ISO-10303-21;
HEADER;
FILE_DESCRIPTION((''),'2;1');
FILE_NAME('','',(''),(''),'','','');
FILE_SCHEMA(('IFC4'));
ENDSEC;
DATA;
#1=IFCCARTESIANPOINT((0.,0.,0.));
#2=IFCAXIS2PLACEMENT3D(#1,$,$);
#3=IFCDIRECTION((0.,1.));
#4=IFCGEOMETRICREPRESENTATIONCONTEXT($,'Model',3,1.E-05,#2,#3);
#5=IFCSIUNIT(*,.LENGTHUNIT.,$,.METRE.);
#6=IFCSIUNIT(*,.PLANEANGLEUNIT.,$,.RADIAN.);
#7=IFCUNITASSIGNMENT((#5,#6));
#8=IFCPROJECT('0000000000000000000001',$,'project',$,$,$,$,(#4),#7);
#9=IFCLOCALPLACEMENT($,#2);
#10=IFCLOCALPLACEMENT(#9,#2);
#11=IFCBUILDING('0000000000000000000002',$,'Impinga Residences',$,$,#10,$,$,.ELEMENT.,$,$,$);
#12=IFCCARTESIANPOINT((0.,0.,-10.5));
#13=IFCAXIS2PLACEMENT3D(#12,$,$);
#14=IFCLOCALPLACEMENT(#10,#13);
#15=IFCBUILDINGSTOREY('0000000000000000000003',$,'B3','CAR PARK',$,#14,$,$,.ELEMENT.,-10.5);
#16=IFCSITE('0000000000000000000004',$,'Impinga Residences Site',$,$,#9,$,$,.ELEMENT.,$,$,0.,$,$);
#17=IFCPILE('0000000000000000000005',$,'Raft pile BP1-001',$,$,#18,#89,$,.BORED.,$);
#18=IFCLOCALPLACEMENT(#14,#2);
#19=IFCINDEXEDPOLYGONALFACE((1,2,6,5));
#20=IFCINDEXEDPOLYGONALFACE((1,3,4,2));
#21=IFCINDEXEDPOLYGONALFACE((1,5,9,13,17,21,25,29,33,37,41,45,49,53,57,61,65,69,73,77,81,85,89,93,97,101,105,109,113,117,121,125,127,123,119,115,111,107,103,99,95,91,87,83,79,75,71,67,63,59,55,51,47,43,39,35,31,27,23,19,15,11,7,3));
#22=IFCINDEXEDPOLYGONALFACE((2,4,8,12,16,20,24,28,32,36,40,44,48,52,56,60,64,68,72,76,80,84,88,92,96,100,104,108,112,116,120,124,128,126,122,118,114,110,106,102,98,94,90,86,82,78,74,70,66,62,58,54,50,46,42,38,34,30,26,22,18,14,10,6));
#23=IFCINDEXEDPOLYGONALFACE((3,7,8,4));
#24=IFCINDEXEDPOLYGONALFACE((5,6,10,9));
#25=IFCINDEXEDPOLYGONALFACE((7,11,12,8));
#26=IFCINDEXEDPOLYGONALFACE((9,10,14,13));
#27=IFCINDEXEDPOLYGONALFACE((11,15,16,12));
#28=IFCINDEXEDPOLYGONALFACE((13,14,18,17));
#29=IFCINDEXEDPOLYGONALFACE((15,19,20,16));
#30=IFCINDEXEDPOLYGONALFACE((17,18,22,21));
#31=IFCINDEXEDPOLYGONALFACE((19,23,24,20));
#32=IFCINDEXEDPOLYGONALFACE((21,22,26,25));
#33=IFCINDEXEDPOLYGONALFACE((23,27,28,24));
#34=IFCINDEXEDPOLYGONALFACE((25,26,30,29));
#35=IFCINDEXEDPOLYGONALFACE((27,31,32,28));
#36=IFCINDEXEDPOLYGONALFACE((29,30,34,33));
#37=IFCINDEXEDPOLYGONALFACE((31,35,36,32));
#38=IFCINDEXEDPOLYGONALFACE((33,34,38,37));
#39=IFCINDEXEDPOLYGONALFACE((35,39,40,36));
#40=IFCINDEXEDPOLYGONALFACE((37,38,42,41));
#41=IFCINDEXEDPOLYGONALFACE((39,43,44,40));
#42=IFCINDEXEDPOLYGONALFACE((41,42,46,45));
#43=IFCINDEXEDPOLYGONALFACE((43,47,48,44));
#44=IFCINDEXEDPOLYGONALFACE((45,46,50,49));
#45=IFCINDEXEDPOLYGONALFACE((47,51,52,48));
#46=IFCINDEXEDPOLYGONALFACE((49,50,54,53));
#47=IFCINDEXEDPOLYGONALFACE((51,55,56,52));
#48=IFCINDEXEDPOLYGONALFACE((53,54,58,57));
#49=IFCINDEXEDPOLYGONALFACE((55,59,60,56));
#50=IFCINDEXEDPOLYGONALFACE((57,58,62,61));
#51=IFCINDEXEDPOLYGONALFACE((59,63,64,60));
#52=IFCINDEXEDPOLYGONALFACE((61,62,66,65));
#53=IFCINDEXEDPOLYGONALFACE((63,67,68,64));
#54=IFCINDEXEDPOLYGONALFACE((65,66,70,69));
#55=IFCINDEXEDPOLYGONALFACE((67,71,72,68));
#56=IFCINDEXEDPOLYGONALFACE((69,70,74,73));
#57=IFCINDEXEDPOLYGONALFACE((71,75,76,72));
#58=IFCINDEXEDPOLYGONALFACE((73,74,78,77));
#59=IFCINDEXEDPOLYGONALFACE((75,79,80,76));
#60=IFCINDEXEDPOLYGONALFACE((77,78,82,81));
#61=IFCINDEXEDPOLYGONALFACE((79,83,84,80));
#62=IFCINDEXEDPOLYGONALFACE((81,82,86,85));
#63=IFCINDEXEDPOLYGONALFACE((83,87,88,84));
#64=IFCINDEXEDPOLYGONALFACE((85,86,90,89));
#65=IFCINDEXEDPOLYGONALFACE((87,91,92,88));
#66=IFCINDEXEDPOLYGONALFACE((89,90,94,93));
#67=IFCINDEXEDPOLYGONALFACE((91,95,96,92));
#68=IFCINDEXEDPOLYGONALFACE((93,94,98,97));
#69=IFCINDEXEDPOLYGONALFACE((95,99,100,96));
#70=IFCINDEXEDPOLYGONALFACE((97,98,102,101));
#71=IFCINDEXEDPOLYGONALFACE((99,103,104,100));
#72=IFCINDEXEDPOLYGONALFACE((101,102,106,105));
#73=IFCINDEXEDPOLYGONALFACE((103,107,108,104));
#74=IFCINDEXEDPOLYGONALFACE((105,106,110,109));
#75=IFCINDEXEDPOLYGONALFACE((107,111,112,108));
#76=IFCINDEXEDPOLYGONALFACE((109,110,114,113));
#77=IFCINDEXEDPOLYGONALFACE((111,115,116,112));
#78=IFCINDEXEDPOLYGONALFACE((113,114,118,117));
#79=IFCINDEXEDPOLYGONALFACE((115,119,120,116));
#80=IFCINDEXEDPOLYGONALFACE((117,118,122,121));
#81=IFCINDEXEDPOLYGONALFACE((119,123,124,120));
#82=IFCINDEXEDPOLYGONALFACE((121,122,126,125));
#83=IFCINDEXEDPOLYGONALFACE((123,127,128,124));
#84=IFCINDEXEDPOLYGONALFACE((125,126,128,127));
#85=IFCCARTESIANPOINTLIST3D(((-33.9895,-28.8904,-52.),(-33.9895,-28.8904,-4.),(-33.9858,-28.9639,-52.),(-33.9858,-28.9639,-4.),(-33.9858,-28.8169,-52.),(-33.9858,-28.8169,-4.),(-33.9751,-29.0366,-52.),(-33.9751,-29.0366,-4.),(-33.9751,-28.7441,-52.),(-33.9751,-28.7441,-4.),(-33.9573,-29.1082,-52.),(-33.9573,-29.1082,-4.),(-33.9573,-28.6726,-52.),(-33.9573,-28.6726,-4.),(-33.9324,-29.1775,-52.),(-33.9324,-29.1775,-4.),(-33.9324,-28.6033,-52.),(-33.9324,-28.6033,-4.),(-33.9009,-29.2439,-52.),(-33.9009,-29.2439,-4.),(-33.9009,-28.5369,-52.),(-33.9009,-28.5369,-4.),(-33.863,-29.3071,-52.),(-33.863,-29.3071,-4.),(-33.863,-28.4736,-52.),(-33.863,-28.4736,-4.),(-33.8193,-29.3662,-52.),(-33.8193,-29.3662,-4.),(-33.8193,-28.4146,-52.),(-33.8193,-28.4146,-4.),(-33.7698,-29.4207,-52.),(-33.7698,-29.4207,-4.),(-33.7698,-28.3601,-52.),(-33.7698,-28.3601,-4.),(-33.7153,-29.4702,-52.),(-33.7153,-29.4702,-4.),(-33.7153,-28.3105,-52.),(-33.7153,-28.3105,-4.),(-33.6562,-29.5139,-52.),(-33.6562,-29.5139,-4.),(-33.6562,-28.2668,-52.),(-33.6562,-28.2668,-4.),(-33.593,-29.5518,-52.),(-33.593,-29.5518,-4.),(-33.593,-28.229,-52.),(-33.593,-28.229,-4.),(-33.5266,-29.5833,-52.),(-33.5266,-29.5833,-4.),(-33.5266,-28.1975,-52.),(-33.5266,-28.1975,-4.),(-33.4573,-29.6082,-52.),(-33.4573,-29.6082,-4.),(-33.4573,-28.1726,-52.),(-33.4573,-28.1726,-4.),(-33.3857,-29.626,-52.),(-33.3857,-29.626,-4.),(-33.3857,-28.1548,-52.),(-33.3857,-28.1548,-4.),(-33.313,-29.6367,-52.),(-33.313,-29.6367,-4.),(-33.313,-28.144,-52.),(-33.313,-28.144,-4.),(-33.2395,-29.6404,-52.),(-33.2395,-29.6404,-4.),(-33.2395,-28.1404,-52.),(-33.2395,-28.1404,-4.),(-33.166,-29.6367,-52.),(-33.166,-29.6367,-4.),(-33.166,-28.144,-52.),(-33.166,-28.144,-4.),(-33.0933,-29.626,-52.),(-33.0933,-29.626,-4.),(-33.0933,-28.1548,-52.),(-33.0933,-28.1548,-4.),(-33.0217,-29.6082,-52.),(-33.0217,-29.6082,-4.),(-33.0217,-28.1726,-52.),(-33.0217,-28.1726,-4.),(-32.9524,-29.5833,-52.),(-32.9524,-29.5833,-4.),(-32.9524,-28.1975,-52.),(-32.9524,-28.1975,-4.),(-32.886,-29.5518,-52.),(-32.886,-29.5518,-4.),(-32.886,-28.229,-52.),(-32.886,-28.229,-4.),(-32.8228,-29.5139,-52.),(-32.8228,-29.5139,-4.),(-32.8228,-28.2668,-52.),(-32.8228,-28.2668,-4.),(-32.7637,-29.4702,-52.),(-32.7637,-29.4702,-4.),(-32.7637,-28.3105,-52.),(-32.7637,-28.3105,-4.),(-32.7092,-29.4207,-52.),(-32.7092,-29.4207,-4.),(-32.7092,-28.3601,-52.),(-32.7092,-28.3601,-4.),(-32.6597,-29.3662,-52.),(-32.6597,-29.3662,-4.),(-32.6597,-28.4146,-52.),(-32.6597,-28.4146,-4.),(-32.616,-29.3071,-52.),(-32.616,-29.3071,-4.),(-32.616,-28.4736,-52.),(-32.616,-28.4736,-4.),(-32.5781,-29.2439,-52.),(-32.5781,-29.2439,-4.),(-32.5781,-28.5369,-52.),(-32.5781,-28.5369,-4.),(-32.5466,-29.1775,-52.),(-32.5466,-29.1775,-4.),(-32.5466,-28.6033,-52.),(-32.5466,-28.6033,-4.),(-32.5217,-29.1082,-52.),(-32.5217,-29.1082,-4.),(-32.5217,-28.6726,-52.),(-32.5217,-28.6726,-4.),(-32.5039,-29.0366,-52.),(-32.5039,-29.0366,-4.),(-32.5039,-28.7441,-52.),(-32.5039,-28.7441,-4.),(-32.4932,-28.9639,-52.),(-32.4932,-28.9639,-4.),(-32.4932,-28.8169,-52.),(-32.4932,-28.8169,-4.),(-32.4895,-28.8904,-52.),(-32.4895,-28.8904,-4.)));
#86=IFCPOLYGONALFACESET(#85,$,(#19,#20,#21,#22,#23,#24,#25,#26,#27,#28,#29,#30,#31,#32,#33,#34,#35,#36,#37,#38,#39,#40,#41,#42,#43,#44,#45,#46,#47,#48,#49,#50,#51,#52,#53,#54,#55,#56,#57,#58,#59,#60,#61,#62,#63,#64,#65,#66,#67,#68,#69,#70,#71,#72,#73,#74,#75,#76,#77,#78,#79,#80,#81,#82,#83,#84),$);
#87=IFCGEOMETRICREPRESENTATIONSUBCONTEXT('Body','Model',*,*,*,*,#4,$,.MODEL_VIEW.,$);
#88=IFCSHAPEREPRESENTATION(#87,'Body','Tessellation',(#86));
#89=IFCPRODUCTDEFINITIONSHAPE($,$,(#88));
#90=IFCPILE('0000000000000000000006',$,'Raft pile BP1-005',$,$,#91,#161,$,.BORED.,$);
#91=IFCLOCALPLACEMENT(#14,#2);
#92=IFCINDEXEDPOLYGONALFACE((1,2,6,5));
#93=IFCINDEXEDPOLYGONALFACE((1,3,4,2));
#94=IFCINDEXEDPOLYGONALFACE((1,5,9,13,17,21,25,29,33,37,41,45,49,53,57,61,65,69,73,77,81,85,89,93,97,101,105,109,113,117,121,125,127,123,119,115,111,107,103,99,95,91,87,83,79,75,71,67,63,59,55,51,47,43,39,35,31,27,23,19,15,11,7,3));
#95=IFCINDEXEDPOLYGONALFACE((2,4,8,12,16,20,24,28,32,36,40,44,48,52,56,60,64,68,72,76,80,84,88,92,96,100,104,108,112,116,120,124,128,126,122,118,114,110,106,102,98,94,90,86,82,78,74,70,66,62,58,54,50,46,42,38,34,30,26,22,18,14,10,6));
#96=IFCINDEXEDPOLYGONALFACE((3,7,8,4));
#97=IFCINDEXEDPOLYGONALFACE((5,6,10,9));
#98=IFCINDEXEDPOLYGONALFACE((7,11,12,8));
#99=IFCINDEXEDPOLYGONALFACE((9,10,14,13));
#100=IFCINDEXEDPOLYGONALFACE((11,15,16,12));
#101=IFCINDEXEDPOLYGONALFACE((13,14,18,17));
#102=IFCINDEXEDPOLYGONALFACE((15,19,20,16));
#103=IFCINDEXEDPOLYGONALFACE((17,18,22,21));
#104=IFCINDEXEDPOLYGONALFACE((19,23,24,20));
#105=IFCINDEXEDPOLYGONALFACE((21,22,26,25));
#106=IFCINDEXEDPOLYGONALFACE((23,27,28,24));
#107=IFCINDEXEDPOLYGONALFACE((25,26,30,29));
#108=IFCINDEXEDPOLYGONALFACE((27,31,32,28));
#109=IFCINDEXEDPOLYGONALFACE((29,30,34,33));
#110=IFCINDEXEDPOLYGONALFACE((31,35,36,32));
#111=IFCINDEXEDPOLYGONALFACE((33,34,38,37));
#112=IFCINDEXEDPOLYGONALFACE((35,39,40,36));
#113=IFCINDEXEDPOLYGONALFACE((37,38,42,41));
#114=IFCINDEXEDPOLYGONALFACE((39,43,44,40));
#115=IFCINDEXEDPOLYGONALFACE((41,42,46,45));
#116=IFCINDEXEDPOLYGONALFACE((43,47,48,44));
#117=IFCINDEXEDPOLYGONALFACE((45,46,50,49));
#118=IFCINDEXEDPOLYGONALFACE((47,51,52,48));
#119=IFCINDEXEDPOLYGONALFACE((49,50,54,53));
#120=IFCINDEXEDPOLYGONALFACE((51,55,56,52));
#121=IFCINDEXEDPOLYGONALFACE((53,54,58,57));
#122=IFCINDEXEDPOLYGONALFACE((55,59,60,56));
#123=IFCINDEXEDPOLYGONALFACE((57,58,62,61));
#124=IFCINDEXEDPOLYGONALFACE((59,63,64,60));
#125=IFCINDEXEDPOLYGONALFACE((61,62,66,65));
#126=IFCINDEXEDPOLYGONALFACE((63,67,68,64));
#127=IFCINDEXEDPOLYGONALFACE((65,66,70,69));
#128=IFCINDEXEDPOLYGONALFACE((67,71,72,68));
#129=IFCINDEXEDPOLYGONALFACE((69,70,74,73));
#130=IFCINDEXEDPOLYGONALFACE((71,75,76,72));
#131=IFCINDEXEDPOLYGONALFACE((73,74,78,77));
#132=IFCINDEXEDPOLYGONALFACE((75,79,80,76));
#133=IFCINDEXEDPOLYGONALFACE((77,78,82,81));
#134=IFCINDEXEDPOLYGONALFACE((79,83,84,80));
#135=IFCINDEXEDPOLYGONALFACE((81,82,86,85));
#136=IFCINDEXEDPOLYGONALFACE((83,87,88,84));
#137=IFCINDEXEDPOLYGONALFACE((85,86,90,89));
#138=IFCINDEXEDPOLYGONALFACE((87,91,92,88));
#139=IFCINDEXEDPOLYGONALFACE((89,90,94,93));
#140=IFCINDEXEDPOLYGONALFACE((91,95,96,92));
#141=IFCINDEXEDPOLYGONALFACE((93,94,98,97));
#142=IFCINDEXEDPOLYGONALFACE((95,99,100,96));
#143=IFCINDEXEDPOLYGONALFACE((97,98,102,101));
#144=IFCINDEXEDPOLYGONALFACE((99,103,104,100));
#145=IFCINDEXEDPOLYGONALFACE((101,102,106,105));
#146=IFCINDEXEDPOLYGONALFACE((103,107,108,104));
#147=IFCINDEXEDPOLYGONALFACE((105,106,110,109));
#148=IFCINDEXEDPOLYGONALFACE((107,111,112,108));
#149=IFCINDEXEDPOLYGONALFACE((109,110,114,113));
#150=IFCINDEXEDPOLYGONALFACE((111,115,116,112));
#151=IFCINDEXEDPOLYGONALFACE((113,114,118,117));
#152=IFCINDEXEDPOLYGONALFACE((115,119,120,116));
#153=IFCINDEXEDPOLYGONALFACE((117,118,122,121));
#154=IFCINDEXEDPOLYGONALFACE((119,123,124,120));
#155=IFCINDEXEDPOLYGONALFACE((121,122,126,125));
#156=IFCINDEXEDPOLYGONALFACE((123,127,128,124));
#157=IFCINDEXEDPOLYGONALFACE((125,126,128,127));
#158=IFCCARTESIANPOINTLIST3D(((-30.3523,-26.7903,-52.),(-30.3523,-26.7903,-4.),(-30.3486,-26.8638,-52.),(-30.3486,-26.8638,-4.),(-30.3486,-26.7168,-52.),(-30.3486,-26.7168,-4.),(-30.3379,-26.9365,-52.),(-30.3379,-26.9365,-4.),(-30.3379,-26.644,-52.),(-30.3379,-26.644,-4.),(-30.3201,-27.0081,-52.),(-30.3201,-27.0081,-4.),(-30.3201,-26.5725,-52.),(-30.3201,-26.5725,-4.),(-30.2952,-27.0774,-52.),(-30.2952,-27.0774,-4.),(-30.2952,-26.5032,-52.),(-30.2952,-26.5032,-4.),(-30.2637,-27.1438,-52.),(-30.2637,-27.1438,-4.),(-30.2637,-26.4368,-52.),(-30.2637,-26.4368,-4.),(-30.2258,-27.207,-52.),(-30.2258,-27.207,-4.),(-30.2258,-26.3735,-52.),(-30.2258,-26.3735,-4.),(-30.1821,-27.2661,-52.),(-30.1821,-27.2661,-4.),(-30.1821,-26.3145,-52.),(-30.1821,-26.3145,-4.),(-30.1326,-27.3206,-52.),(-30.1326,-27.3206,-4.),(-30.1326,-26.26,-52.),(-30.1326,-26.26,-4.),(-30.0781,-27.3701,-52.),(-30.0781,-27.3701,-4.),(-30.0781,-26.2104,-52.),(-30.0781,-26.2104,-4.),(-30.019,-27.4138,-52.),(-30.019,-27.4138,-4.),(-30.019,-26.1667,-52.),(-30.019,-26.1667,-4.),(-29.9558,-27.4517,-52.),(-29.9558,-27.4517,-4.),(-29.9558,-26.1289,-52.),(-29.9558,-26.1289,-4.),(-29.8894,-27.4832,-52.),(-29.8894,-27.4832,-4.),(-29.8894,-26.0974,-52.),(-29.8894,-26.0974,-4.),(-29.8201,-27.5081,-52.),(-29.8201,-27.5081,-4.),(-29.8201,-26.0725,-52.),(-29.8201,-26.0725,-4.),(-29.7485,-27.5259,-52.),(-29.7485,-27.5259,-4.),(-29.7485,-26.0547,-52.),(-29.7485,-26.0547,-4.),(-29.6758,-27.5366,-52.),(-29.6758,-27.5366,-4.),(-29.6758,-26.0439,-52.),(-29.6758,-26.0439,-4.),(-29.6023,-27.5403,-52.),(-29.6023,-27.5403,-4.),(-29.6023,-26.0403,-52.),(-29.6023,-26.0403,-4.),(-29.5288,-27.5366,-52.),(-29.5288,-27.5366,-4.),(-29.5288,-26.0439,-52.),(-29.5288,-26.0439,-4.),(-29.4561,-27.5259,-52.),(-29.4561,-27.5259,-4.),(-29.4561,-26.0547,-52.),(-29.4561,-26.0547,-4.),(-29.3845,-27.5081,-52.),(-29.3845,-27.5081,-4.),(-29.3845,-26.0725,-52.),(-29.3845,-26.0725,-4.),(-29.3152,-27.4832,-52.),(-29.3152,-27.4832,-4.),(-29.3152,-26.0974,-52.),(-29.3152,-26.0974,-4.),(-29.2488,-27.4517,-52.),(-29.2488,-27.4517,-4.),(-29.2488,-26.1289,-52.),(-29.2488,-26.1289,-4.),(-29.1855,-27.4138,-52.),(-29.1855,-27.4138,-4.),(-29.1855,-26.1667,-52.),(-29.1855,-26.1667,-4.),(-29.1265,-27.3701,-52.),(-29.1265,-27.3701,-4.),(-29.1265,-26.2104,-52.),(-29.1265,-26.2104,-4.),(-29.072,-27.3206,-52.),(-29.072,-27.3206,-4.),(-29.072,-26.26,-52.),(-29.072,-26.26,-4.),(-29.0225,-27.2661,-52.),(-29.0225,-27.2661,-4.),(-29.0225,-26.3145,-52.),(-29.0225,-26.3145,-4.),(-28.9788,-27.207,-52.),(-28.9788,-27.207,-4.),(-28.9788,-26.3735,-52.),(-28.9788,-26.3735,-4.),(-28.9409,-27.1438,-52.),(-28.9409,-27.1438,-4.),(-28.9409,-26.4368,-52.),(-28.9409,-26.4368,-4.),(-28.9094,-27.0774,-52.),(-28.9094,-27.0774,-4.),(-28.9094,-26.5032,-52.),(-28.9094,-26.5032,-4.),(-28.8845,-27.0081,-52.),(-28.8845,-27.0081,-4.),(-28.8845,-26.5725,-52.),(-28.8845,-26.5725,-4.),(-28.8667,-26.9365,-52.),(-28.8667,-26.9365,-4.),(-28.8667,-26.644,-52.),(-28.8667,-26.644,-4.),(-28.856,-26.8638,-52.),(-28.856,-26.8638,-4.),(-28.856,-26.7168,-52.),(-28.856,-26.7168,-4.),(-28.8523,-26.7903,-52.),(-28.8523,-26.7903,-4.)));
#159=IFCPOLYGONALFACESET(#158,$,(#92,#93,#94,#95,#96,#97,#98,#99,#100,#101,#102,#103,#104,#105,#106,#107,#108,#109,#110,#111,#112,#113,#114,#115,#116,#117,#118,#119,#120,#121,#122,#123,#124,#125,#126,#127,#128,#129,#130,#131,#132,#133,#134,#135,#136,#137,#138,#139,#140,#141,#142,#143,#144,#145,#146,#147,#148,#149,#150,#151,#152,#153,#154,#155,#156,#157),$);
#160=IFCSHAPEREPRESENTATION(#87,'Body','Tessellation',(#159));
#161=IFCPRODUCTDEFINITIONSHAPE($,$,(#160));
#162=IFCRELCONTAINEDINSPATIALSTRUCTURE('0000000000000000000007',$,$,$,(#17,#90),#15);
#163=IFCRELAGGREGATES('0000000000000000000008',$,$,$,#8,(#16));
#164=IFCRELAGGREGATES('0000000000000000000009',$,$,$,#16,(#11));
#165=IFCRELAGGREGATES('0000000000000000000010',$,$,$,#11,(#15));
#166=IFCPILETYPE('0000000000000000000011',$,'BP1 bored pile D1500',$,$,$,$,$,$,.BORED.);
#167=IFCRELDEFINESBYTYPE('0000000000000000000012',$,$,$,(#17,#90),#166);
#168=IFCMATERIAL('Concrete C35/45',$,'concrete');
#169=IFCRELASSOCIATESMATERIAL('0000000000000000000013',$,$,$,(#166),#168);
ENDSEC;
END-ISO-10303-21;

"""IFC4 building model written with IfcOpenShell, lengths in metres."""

from ifc_helpers import new_model, si_unit, direction, frame, origin, origin_2d, place, context, subcontext, project, spatial, polyline, circle, outline, extrude, material, material_profile, profile_set, type_object, element, save


model = new_model("IFC4")

# Units and contexts
model_context = context("Model", 3, precision=1e-05, world=origin(), true_north=direction((0.0, 1.0)))
body_context = subcontext(model_context, "Body", "Model", "MODEL_VIEW")
ifc_project = project(units=[si_unit("LENGTHUNIT", "METRE"), si_unit("PLANEANGLEUNIT", "RADIAN")], contexts=[model_context])

# Site, building, storey
site_placement = place(None, origin())
site = spatial("IfcSite", under=ifc_project, at=site_placement, Name="Impinga Residences Site", CompositionType="ELEMENT", RefElevation=0.0)
building_placement = place(site_placement, origin())
building = spatial("IfcBuilding", under=site, at=building_placement, Name="Impinga Residences", CompositionType="ELEMENT")
storey_placement = place(building_placement, frame((0.0, 0.0, -10.5)))
storey = spatial("IfcBuildingStorey", under=building, at=storey_placement, Name="B3", Description="CAR PARK", CompositionType="ELEMENT", Elevation=-10.5)

# Piles
ifc_material_1 = material(Name="Concrete C35/45", Category="concrete")
ifc_material_profile_1 = material_profile(ifc_material_1, circle(Radius=0.75, at=origin_2d()), Name="D1500")
ifc_profile_set_1 = profile_set([ifc_material_profile_1], Name="Concrete C35/45")
pile_type_1 = type_object("IfcPileType", Name="BP1 bored pile D1500", PredefinedType="BORED", material=ifc_profile_set_1)
pile_1_placement = place(storey_placement, frame((-33.2395, -28.8904, -4.0), z_axis=(0.0, 0.0, -1.0), x_axis=(1.0, 0.0, 0.0)))
element("IfcPile", 1, at=pile_1_placement, inside=storey, type_object=pile_type_1, Name="Raft pile BP1-001", PredefinedType="BORED", context=body_context, shape_type="SweptSolid", body=[
    extrude(outline(polyline([(0.75, 0.0), (0.7463, 0.0735), (0.7356, 0.1462), (0.7178, 0.2178), (0.6929, 0.2871), (0.6614, 0.3535), (0.6235, 0.4167), (0.5798, 0.4758), (0.5303, 0.5303), (0.4758, 0.5798), (0.4167, 0.6235), (0.3535, 0.6614), (0.2871, 0.6929), (0.2178, 0.7178), (0.1462, 0.7356), (0.0735, 0.7463), (0.0, 0.75), (-0.0735, 0.7463), (-0.1462, 0.7356), (-0.2178, 0.7178), (-0.2871, 0.6929), (-0.3535, 0.6614), (-0.4167, 0.6235), (-0.4758, 0.5798), (-0.5303, 0.5303), (-0.5798, 0.4758), (-0.6235, 0.4167), (-0.6614, 0.3535), (-0.6929, 0.2871), (-0.7178, 0.2178), (-0.7356, 0.1462), (-0.7463, 0.0735), (-0.75, 0.0), (-0.7463, -0.0735), (-0.7356, -0.1462), (-0.7178, -0.2178), (-0.6929, -0.2871), (-0.6614, -0.3535), (-0.6235, -0.4167), (-0.5798, -0.4758), (-0.5303, -0.5303), (-0.4758, -0.5798), (-0.4167, -0.6235), (-0.3535, -0.6614), (-0.2871, -0.6929), (-0.2178, -0.7178), (-0.1462, -0.7356), (-0.0735, -0.7463), (0.0, -0.75), (0.0735, -0.7463), (0.1462, -0.7356), (0.2178, -0.7178), (0.2871, -0.6929), (0.3535, -0.6614), (0.4167, -0.6235), (0.4758, -0.5798), (0.5303, -0.5303), (0.5798, -0.4758), (0.6235, -0.4167), (0.6614, -0.3535), (0.6929, -0.2871), (0.7178, -0.2178), (0.7356, -0.1462), (0.7463, -0.0735), (0.75, 0.0)])), origin(), (0.0, 0.0, 1.0), 48.0),
])
pile_2_placement = place(storey_placement, frame((-29.6023, -26.7903, -4.0), z_axis=(0.0, 0.0, -1.0), x_axis=(1.0, 0.0, 0.0)))
element("IfcPile", 2, at=pile_2_placement, inside=storey, type_object=pile_type_1, Name="Raft pile BP1-005", PredefinedType="BORED", context=body_context, shape_type="SweptSolid", body=[
    extrude(outline(polyline([(0.75, 0.0), (0.7463, 0.0735), (0.7356, 0.1462), (0.7178, 0.2178), (0.6929, 0.2871), (0.6614, 0.3535), (0.6235, 0.4167), (0.5798, 0.4758), (0.5303, 0.5303), (0.4758, 0.5798), (0.4167, 0.6235), (0.3535, 0.6614), (0.2871, 0.6929), (0.2178, 0.7178), (0.1462, 0.7356), (0.0735, 0.7463), (0.0, 0.75), (-0.0735, 0.7463), (-0.1462, 0.7356), (-0.2178, 0.7178), (-0.2871, 0.6929), (-0.3535, 0.6614), (-0.4167, 0.6235), (-0.4758, 0.5798), (-0.5303, 0.5303), (-0.5798, 0.4758), (-0.6235, 0.4167), (-0.6614, 0.3535), (-0.6929, 0.2871), (-0.7178, 0.2178), (-0.7356, 0.1462), (-0.7463, 0.0735), (-0.75, 0.0), (-0.7463, -0.0735), (-0.7356, -0.1462), (-0.7178, -0.2178), (-0.6929, -0.2871), (-0.6614, -0.3535), (-0.6235, -0.4167), (-0.5798, -0.4758), (-0.5303, -0.5303), (-0.4758, -0.5798), (-0.4167, -0.6235), (-0.3535, -0.6614), (-0.2871, -0.6929), (-0.2178, -0.7178), (-0.1462, -0.7356), (-0.0735, -0.7463), (0.0, -0.75), (0.0735, -0.7463), (0.1462, -0.7356), (0.2178, -0.7178), (0.2871, -0.6929), (0.3535, -0.6614), (0.4167, -0.6235), (0.4758, -0.5798), (0.5303, -0.5303), (0.5798, -0.4758), (0.6235, -0.4167), (0.6614, -0.3535), (0.6929, -0.2871), (0.7178, -0.2178), (0.7356, -0.1462), (0.7463, -0.0735), (0.75, 0.0)])), origin(), (0.0, 0.0, 1.0), 48.0),
])

save(model, "model.ifc")
